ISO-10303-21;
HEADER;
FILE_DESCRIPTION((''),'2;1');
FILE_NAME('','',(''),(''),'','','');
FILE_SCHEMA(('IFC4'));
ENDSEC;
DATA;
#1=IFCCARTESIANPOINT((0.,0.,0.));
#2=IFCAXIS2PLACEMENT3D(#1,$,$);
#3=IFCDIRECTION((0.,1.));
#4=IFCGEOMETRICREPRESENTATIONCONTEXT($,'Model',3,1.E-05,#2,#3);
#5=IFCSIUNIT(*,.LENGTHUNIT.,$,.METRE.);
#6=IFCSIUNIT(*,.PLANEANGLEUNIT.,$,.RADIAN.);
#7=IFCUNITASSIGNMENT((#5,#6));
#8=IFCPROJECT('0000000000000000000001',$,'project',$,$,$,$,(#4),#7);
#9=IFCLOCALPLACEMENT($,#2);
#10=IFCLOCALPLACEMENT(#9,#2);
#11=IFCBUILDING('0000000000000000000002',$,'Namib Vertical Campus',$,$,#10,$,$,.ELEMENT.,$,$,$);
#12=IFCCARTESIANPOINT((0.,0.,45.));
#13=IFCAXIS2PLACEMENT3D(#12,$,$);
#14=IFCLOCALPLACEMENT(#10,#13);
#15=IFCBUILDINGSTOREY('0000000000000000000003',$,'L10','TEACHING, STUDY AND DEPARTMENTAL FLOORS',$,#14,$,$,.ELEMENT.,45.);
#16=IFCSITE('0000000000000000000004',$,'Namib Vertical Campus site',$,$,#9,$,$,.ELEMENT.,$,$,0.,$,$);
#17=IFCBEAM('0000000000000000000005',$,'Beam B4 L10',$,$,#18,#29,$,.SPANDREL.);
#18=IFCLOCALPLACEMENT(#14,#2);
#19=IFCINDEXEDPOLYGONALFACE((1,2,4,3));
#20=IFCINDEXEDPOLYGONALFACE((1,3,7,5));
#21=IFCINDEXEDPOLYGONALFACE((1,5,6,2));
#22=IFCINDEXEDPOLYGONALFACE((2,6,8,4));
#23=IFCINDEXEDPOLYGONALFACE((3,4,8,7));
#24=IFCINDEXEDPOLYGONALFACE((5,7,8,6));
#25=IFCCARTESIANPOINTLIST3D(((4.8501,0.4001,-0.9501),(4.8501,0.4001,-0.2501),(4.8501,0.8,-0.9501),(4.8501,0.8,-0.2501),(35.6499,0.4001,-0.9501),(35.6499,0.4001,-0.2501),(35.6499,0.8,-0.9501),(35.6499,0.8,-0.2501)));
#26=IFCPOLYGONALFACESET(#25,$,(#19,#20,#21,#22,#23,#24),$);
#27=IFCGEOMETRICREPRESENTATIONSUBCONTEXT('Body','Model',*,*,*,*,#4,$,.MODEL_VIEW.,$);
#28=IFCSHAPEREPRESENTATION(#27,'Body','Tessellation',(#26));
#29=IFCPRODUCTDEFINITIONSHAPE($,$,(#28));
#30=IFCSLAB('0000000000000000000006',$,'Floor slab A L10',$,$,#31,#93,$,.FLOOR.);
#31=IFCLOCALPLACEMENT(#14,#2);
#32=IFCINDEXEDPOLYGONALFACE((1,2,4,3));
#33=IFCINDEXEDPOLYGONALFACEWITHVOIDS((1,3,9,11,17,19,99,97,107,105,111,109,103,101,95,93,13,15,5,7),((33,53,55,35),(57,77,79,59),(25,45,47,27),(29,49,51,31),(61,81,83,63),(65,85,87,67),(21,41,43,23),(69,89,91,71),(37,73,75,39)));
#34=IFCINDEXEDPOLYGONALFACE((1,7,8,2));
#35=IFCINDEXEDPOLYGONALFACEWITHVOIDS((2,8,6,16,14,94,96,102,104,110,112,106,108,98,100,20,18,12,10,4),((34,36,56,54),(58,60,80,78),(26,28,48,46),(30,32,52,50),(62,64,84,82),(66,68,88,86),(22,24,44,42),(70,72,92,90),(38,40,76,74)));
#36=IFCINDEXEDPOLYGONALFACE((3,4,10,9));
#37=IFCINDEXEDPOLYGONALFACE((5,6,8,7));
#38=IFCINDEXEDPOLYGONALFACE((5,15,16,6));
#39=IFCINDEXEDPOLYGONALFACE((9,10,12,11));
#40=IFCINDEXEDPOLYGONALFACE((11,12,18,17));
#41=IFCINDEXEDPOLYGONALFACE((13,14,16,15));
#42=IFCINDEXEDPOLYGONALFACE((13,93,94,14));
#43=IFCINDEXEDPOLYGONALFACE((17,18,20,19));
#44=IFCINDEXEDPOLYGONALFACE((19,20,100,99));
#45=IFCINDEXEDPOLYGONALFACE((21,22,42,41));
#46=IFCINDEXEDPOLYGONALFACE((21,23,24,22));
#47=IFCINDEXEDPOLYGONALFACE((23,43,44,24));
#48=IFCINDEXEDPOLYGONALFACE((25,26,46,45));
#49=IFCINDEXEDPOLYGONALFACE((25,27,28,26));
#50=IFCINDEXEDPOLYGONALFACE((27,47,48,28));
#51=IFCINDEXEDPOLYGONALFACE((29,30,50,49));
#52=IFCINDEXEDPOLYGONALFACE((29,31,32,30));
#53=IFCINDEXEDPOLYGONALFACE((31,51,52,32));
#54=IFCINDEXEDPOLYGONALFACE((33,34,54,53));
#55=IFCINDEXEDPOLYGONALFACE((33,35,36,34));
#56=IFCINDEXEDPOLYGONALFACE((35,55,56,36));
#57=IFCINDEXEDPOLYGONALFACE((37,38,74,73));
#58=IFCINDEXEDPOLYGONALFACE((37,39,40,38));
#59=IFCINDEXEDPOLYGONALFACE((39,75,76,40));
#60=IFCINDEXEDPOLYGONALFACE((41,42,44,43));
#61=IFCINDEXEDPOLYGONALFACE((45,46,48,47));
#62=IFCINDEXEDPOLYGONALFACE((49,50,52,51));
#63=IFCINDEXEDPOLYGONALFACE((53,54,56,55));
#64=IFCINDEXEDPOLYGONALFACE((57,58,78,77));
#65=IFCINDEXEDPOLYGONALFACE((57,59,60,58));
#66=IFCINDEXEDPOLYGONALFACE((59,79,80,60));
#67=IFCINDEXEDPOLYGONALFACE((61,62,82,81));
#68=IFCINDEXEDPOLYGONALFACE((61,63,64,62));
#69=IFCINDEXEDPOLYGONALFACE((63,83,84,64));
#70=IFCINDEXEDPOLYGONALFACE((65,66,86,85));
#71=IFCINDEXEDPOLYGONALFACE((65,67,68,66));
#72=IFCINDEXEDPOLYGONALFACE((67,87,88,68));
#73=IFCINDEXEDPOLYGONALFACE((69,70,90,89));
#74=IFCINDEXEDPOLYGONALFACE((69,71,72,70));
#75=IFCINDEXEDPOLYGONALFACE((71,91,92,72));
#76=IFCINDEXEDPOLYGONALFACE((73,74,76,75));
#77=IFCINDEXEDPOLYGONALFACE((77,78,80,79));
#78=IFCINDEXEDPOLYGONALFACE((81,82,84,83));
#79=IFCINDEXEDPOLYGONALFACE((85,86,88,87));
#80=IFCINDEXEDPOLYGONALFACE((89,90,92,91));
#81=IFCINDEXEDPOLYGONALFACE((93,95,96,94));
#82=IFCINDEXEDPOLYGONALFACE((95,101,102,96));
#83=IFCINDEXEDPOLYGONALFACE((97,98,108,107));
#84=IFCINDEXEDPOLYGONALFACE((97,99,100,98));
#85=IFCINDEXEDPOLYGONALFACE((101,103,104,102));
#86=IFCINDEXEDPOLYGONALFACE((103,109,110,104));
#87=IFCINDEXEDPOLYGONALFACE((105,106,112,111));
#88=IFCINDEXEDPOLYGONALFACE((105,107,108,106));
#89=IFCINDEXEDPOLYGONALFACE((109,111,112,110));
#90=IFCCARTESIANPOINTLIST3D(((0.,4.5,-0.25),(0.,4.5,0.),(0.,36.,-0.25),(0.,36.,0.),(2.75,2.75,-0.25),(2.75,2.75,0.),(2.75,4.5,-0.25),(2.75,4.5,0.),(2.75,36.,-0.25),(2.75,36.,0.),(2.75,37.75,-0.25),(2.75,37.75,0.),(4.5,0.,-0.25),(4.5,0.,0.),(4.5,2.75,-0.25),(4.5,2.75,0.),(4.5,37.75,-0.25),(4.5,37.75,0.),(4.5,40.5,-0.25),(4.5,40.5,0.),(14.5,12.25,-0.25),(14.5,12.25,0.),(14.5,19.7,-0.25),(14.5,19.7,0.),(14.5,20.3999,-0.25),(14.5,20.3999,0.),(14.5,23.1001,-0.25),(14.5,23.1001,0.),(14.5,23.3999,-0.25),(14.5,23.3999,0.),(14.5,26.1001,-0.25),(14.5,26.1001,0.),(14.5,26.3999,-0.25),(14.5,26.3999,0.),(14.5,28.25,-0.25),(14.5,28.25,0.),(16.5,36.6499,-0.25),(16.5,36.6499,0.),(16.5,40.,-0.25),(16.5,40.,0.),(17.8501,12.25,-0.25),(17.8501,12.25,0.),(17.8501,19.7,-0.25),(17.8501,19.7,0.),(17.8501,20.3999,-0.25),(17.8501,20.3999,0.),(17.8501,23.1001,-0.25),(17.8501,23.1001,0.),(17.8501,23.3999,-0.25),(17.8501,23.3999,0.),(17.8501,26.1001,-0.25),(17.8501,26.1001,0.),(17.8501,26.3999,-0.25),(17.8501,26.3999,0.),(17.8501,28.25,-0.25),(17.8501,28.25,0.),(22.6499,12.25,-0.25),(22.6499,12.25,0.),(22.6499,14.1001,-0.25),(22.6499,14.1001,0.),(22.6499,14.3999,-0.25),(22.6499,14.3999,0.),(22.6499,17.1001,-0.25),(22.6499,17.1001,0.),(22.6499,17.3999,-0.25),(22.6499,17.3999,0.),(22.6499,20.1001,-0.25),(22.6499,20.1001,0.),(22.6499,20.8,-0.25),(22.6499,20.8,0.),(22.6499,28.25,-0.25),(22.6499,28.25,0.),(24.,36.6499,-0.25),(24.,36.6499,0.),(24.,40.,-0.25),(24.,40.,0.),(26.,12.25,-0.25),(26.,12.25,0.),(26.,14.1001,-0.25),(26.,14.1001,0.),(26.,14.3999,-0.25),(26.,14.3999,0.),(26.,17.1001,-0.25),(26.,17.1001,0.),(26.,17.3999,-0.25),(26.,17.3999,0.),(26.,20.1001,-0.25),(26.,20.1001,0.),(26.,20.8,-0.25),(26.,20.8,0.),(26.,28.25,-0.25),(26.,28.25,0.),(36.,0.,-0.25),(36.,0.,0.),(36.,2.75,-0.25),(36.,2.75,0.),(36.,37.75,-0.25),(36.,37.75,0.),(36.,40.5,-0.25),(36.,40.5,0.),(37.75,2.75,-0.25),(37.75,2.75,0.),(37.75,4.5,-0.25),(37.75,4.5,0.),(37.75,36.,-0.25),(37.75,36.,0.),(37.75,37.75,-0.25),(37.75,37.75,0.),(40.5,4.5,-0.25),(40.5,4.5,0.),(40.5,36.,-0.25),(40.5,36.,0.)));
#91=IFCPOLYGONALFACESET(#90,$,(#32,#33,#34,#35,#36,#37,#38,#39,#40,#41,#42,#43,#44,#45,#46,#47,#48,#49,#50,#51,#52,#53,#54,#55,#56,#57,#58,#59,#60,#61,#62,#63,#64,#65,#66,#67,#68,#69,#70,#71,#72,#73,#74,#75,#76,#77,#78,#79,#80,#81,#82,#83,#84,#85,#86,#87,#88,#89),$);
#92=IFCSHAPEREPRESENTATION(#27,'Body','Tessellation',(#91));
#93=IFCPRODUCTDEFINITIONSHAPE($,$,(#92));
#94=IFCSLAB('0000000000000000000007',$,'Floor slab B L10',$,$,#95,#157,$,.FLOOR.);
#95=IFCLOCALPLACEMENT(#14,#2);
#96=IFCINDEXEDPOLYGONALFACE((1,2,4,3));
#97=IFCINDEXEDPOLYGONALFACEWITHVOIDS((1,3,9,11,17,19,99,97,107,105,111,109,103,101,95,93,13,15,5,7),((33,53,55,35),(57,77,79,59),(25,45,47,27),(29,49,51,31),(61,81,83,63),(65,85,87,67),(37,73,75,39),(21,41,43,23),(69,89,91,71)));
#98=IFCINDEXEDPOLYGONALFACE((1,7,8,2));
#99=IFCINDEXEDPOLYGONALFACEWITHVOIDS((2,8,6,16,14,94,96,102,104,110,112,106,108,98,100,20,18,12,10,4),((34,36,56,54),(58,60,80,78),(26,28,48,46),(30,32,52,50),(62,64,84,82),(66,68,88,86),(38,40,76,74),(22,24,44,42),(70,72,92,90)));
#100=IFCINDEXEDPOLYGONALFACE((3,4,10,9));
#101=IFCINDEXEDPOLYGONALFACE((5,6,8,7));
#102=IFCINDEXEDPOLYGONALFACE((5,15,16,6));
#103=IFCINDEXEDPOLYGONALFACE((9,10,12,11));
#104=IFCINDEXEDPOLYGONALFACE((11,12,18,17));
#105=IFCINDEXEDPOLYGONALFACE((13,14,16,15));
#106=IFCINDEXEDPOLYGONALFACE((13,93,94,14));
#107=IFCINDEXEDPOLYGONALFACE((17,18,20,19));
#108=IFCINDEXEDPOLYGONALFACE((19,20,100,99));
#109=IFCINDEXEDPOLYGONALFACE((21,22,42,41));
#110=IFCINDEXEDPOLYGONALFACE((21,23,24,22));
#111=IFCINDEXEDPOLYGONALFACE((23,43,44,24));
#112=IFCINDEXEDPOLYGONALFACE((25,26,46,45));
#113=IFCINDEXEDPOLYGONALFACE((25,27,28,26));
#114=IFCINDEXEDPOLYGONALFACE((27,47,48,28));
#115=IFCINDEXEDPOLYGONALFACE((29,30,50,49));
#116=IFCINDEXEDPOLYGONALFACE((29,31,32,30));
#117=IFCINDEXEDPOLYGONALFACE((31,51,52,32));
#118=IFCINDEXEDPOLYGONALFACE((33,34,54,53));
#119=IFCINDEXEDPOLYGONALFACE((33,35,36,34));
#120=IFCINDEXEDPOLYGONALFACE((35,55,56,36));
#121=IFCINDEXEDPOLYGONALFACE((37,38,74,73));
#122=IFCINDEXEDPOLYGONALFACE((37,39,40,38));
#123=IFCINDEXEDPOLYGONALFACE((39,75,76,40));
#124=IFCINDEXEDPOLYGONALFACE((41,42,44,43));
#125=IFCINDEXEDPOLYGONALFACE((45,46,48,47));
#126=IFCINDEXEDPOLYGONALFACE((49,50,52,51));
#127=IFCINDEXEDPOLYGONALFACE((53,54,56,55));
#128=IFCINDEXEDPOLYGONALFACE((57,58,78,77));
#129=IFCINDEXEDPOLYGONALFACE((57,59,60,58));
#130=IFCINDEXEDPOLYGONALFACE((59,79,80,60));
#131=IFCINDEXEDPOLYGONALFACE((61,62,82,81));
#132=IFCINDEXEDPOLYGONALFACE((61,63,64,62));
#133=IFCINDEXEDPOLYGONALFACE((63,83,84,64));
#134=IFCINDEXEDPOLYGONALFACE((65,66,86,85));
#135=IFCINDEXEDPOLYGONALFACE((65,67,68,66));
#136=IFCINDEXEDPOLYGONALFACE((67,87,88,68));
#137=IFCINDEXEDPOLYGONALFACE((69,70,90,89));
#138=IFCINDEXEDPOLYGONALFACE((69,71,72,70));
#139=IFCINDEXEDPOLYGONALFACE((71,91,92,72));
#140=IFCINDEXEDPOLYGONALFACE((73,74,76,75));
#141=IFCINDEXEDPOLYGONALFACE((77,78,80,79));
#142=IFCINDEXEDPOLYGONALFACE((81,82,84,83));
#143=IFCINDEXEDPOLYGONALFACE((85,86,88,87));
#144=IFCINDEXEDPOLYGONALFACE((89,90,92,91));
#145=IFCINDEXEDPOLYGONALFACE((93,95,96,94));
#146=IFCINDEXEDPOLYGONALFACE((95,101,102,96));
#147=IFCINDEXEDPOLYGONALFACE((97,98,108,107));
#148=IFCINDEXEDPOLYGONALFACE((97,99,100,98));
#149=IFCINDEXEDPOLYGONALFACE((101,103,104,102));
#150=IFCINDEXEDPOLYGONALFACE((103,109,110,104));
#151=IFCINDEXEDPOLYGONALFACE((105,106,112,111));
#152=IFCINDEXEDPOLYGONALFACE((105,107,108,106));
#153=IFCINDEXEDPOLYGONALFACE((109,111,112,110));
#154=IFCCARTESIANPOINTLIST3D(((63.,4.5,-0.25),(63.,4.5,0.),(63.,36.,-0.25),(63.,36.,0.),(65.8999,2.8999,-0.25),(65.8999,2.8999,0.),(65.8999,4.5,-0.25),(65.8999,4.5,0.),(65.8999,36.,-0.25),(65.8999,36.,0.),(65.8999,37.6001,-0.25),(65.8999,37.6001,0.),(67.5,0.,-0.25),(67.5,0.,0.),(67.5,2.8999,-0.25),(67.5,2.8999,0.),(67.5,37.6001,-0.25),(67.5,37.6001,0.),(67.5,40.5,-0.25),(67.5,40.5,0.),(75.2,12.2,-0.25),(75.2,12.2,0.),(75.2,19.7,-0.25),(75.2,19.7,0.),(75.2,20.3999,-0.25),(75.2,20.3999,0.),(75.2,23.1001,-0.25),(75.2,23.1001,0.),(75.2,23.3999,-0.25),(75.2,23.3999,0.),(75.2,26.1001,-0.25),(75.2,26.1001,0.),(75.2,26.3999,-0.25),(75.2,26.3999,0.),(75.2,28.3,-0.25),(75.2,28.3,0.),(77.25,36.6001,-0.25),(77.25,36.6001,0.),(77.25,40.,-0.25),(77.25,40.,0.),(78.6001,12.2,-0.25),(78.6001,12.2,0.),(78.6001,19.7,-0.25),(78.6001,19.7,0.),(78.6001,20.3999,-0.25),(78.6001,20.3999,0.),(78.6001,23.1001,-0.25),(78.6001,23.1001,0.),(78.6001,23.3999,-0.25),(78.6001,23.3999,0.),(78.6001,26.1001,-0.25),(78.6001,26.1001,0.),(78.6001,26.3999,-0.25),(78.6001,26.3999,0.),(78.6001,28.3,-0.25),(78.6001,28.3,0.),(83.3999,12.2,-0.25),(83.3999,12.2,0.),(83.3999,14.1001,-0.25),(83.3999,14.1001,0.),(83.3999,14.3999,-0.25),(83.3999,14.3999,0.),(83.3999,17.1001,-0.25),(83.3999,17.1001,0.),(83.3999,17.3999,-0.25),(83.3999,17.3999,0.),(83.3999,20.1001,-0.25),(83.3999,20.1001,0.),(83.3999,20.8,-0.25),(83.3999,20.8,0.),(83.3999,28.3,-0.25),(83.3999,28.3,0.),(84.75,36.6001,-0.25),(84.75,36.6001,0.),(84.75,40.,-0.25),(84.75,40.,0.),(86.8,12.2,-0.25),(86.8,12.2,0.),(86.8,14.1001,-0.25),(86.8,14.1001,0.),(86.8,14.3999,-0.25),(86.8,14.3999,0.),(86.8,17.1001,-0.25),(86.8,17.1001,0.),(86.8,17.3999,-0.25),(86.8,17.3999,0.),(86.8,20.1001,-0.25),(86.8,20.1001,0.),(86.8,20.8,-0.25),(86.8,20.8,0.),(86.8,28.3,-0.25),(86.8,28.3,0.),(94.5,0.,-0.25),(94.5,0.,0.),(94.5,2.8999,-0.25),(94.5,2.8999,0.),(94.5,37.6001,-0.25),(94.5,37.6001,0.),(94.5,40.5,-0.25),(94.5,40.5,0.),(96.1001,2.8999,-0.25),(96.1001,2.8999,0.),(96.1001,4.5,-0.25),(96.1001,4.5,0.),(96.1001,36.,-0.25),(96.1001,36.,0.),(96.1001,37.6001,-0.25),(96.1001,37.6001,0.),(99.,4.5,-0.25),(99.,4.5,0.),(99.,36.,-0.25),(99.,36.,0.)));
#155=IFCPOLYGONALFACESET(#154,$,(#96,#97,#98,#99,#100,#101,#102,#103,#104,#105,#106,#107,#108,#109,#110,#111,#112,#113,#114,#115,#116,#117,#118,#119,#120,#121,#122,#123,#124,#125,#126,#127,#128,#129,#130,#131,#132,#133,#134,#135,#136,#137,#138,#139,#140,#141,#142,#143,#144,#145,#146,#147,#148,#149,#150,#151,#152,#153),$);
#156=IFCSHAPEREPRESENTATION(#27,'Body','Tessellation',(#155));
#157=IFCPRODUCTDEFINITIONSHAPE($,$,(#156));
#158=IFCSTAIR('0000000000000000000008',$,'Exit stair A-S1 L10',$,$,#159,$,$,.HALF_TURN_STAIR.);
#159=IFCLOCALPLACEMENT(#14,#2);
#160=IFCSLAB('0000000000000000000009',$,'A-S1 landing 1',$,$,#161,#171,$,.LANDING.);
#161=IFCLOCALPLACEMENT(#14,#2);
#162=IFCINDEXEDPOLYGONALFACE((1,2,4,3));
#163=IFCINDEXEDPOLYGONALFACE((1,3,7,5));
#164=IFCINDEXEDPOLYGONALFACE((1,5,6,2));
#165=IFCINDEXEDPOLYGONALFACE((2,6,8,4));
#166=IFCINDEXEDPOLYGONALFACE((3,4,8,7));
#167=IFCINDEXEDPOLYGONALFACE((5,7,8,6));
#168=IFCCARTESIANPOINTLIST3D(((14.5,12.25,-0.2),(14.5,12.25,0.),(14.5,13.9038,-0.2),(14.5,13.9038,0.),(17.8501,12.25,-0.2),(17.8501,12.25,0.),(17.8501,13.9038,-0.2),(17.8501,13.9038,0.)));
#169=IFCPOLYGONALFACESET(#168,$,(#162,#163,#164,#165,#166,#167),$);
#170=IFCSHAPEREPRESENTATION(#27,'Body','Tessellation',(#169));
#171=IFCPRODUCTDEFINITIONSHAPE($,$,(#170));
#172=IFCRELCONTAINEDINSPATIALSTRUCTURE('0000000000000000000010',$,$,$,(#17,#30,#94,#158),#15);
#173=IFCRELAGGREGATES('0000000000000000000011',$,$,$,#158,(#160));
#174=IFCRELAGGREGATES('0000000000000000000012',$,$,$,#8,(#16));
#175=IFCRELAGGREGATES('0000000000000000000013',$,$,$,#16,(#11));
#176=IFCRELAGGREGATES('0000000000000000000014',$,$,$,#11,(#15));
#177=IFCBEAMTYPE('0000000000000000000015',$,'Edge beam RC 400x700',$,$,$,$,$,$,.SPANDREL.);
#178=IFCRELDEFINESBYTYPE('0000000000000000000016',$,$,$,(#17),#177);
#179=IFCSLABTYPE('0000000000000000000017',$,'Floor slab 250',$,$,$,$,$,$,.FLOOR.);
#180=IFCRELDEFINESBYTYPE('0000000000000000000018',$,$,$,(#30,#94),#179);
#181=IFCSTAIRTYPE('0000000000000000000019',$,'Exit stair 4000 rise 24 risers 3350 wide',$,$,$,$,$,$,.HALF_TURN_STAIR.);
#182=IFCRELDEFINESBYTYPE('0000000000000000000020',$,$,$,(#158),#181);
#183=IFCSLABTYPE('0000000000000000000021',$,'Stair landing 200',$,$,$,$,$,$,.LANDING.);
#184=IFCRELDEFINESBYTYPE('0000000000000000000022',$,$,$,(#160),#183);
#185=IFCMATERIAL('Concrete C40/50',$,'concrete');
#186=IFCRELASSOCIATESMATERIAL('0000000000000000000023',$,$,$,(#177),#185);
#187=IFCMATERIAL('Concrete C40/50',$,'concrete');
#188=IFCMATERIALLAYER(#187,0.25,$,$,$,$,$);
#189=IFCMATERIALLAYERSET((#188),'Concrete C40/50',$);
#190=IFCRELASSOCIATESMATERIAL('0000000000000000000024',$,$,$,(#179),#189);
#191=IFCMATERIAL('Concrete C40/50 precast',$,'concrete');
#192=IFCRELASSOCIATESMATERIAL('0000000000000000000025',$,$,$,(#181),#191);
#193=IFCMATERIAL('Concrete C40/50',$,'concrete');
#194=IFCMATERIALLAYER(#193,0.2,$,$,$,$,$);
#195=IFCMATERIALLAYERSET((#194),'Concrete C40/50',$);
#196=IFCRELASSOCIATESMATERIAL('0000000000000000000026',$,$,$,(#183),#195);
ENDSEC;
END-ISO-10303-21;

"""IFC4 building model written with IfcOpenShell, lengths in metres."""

from ifc_helpers import new_model, si_unit, direction, frame, origin, origin_2d, place, context, subcontext, project, spatial, polyline, rectangle, outline, extrude, material, layer, layer_set, material_profile, profile_set, type_object, element, aggregate, save


model = new_model("IFC4")

# Units and contexts
model_context = context("Model", 3, precision=1e-05, world=origin(), true_north=direction((0.0, 1.0)))
body_context = subcontext(model_context, "Body", "Model", "MODEL_VIEW")
ifc_project = project(units=[si_unit("LENGTHUNIT", "METRE"), si_unit("PLANEANGLEUNIT", "RADIAN")], contexts=[model_context])

# Site, building, storey
site_placement = place(None, origin())
site = spatial("IfcSite", under=ifc_project, at=site_placement, Name="Namib Vertical Campus site", CompositionType="ELEMENT", RefElevation=0.0)
building_placement = place(site_placement, origin())
building = spatial("IfcBuilding", under=site, at=building_placement, Name="Namib Vertical Campus", CompositionType="ELEMENT")
storey_placement = place(building_placement, frame((0.0, 0.0, 45.0)))
storey = spatial("IfcBuildingStorey", under=building, at=storey_placement, Name="L10", Description="TEACHING, STUDY AND DEPARTMENTAL FLOORS", CompositionType="ELEMENT", Elevation=45.0)

# Beam
ifc_material_1 = material(Name="Concrete C40/50", Category="concrete")
ifc_material_profile = material_profile(ifc_material_1, rectangle(XDim=0.3999, YDim=0.7, at=origin_2d()))
ifc_profile_set = profile_set([ifc_material_profile], Name="Concrete C40/50")
beam_type = type_object("IfcBeamType", Name="Edge beam RC 400x700", PredefinedType="SPANDREL", material=ifc_profile_set)
beam_placement = place(storey_placement, frame((4.8501, 0.6001, -0.6001), z_axis=(1.0, 0.0, 0.0), x_axis=(0.0, 1.0, 0.0)))
element("IfcBeam", 1, at=beam_placement, inside=storey, type_object=beam_type, Name="Beam B4 L10", PredefinedType="SPANDREL", context=body_context, shape_type="SweptSolid", body=[
    extrude(rectangle(XDim=0.3999, YDim=0.7, at=origin_2d()), origin(), (0.0, 0.0, 1.0), 30.7998),
])

# Slabs
ifc_material_2 = material(Name="Concrete C40/50", Category="concrete")
ifc_layer_1 = layer(ifc_material_2, 0.25)
ifc_layer_set_1 = layer_set([ifc_layer_1], Name="Concrete C40/50")
slab_type_1 = type_object("IfcSlabType", Name="Floor slab 250", PredefinedType="FLOOR", material=ifc_layer_set_1)
slab_1_placement = place(storey_placement, frame((0.0, 0.0, -0.25)))
element("IfcSlab", 2, at=slab_1_placement, inside=storey, type_object=slab_type_1, Name="Floor slab A L10", PredefinedType="FLOOR", context=body_context, shape_type="SweptSolid", body=[
    extrude(outline(polyline([(4.5, 0.0), (36.0, 0.0), (36.0, 2.75), (37.75, 2.75), (37.75, 4.5), (40.5, 4.5), (40.5, 36.0), (37.75, 36.0), (37.75, 37.75), (36.0, 37.75), (36.0, 40.5), (4.5, 40.5), (4.5, 37.75), (2.75, 37.75), (2.75, 36.0), (0.0, 36.0), (0.0, 4.5), (2.75, 4.5), (2.75, 2.75), (4.5, 2.75), (4.5, 0.0)]), holes=[polyline([(14.5, 12.25), (17.8501, 12.25), (17.8501, 19.7), (14.5, 19.7), (14.5, 12.25)]), polyline([(22.6499, 20.8), (26.0, 20.8), (26.0, 28.25), (22.6499, 28.25), (22.6499, 20.8)]), polyline([(22.6499, 12.25), (26.0, 12.25), (26.0, 14.1001), (22.6499, 14.1001), (22.6499, 12.25)]), polyline([(14.5, 20.3999), (17.8501, 20.3999), (17.8501, 23.1001), (14.5, 23.1001), (14.5, 20.3999)]), polyline([(14.5, 23.3999), (17.8501, 23.3999), (17.8501, 26.1001), (14.5, 26.1001), (14.5, 23.3999)]), polyline([(14.5, 26.3999), (17.8501, 26.3999), (17.8501, 28.25), (14.5, 28.25), (14.5, 26.3999)]), polyline([(22.6499, 14.3999), (26.0, 14.3999), (26.0, 17.1001), (22.6499, 17.1001), (22.6499, 14.3999)]), polyline([(22.6499, 17.3999), (26.0, 17.3999), (26.0, 20.1001), (22.6499, 20.1001), (22.6499, 17.3999)]), polyline([(16.5, 36.6499), (24.0, 36.6499), (24.0, 40.0), (16.5, 40.0), (16.5, 36.6499)])]), origin(), (0.0, 0.0, 1.0), 0.25),
])
slab_2_placement = place(storey_placement, frame((0.0, 0.0, -0.25)))
element("IfcSlab", 3, at=slab_2_placement, inside=storey, type_object=slab_type_1, Name="Floor slab B L10", PredefinedType="FLOOR", context=body_context, shape_type="SweptSolid", body=[
    extrude(outline(polyline([(67.5, 0.0), (94.5, 0.0), (94.5, 2.8999), (96.1001, 2.8999), (96.1001, 4.5), (99.0, 4.5), (99.0, 36.0), (96.1001, 36.0), (96.1001, 37.6001), (94.5, 37.6001), (94.5, 40.5), (67.5, 40.5), (67.5, 37.6001), (65.8999, 37.6001), (65.8999, 36.0), (63.0, 36.0), (63.0, 4.5), (65.8999, 4.5), (65.8999, 2.8999), (67.5, 2.8999), (67.5, 0.0)]), holes=[polyline([(75.2, 12.2), (78.6001, 12.2), (78.6001, 19.7), (75.2, 19.7), (75.2, 12.2)]), polyline([(83.3999, 20.8), (86.8, 20.8), (86.8, 28.3), (83.3999, 28.3), (83.3999, 20.8)]), polyline([(83.3999, 12.2), (86.8, 12.2), (86.8, 14.1001), (83.3999, 14.1001), (83.3999, 12.2)]), polyline([(75.2, 20.3999), (78.6001, 20.3999), (78.6001, 23.1001), (75.2, 23.1001), (75.2, 20.3999)]), polyline([(75.2, 23.3999), (78.6001, 23.3999), (78.6001, 26.1001), (75.2, 26.1001), (75.2, 23.3999)]), polyline([(75.2, 26.3999), (78.6001, 26.3999), (78.6001, 28.3), (75.2, 28.3), (75.2, 26.3999)]), polyline([(83.3999, 14.3999), (86.8, 14.3999), (86.8, 17.1001), (83.3999, 17.1001), (83.3999, 14.3999)]), polyline([(83.3999, 17.3999), (86.8, 17.3999), (86.8, 20.1001), (83.3999, 20.1001), (83.3999, 17.3999)]), polyline([(77.25, 36.6001), (84.75, 36.6001), (84.75, 40.0), (77.25, 40.0), (77.25, 36.6001)])]), origin(), (0.0, 0.0, 1.0), 0.25),
])

# Stair, slab
ifc_material_3 = material(Name="Concrete C40/50 precast", Category="concrete")
stair_type_1 = type_object("IfcStairType", Name="Exit stair 4000 rise 24 risers 3350 wide", PredefinedType="HALF_TURN_STAIR", material=ifc_material_3)
stair_1_placement = place(storey_placement, origin())
stair_1 = element("IfcStair", 4, at=stair_1_placement, inside=storey, type_object=stair_type_1, Name="Exit stair A-S1 L10", PredefinedType="HALF_TURN_STAIR")
ifc_material_4 = material(Name="Concrete C40/50", Category="concrete")
ifc_layer_2 = layer(ifc_material_4, 0.2)
ifc_layer_set_2 = layer_set([ifc_layer_2], Name="Concrete C40/50")
slab_type_2 = type_object("IfcSlabType", Name="Stair landing 200", PredefinedType="LANDING", material=ifc_layer_set_2)
slab_3_placement = place(storey_placement, frame((0.0, 0.0, -0.2)))
slab_3 = element("IfcSlab", 5, at=slab_3_placement, type_object=slab_type_2, Name="A-S1 landing 1", PredefinedType="LANDING", context=body_context, shape_type="SweptSolid", body=[
    extrude(outline(polyline([(14.5, 12.25), (17.8501, 12.25), (17.8501, 13.9038), (14.5, 13.9038), (14.5, 12.25)])), origin(), (0.0, 0.0, 1.0), 0.2),
])
aggregate(stair_1, [slab_3])

save(model, "model.ifc")
